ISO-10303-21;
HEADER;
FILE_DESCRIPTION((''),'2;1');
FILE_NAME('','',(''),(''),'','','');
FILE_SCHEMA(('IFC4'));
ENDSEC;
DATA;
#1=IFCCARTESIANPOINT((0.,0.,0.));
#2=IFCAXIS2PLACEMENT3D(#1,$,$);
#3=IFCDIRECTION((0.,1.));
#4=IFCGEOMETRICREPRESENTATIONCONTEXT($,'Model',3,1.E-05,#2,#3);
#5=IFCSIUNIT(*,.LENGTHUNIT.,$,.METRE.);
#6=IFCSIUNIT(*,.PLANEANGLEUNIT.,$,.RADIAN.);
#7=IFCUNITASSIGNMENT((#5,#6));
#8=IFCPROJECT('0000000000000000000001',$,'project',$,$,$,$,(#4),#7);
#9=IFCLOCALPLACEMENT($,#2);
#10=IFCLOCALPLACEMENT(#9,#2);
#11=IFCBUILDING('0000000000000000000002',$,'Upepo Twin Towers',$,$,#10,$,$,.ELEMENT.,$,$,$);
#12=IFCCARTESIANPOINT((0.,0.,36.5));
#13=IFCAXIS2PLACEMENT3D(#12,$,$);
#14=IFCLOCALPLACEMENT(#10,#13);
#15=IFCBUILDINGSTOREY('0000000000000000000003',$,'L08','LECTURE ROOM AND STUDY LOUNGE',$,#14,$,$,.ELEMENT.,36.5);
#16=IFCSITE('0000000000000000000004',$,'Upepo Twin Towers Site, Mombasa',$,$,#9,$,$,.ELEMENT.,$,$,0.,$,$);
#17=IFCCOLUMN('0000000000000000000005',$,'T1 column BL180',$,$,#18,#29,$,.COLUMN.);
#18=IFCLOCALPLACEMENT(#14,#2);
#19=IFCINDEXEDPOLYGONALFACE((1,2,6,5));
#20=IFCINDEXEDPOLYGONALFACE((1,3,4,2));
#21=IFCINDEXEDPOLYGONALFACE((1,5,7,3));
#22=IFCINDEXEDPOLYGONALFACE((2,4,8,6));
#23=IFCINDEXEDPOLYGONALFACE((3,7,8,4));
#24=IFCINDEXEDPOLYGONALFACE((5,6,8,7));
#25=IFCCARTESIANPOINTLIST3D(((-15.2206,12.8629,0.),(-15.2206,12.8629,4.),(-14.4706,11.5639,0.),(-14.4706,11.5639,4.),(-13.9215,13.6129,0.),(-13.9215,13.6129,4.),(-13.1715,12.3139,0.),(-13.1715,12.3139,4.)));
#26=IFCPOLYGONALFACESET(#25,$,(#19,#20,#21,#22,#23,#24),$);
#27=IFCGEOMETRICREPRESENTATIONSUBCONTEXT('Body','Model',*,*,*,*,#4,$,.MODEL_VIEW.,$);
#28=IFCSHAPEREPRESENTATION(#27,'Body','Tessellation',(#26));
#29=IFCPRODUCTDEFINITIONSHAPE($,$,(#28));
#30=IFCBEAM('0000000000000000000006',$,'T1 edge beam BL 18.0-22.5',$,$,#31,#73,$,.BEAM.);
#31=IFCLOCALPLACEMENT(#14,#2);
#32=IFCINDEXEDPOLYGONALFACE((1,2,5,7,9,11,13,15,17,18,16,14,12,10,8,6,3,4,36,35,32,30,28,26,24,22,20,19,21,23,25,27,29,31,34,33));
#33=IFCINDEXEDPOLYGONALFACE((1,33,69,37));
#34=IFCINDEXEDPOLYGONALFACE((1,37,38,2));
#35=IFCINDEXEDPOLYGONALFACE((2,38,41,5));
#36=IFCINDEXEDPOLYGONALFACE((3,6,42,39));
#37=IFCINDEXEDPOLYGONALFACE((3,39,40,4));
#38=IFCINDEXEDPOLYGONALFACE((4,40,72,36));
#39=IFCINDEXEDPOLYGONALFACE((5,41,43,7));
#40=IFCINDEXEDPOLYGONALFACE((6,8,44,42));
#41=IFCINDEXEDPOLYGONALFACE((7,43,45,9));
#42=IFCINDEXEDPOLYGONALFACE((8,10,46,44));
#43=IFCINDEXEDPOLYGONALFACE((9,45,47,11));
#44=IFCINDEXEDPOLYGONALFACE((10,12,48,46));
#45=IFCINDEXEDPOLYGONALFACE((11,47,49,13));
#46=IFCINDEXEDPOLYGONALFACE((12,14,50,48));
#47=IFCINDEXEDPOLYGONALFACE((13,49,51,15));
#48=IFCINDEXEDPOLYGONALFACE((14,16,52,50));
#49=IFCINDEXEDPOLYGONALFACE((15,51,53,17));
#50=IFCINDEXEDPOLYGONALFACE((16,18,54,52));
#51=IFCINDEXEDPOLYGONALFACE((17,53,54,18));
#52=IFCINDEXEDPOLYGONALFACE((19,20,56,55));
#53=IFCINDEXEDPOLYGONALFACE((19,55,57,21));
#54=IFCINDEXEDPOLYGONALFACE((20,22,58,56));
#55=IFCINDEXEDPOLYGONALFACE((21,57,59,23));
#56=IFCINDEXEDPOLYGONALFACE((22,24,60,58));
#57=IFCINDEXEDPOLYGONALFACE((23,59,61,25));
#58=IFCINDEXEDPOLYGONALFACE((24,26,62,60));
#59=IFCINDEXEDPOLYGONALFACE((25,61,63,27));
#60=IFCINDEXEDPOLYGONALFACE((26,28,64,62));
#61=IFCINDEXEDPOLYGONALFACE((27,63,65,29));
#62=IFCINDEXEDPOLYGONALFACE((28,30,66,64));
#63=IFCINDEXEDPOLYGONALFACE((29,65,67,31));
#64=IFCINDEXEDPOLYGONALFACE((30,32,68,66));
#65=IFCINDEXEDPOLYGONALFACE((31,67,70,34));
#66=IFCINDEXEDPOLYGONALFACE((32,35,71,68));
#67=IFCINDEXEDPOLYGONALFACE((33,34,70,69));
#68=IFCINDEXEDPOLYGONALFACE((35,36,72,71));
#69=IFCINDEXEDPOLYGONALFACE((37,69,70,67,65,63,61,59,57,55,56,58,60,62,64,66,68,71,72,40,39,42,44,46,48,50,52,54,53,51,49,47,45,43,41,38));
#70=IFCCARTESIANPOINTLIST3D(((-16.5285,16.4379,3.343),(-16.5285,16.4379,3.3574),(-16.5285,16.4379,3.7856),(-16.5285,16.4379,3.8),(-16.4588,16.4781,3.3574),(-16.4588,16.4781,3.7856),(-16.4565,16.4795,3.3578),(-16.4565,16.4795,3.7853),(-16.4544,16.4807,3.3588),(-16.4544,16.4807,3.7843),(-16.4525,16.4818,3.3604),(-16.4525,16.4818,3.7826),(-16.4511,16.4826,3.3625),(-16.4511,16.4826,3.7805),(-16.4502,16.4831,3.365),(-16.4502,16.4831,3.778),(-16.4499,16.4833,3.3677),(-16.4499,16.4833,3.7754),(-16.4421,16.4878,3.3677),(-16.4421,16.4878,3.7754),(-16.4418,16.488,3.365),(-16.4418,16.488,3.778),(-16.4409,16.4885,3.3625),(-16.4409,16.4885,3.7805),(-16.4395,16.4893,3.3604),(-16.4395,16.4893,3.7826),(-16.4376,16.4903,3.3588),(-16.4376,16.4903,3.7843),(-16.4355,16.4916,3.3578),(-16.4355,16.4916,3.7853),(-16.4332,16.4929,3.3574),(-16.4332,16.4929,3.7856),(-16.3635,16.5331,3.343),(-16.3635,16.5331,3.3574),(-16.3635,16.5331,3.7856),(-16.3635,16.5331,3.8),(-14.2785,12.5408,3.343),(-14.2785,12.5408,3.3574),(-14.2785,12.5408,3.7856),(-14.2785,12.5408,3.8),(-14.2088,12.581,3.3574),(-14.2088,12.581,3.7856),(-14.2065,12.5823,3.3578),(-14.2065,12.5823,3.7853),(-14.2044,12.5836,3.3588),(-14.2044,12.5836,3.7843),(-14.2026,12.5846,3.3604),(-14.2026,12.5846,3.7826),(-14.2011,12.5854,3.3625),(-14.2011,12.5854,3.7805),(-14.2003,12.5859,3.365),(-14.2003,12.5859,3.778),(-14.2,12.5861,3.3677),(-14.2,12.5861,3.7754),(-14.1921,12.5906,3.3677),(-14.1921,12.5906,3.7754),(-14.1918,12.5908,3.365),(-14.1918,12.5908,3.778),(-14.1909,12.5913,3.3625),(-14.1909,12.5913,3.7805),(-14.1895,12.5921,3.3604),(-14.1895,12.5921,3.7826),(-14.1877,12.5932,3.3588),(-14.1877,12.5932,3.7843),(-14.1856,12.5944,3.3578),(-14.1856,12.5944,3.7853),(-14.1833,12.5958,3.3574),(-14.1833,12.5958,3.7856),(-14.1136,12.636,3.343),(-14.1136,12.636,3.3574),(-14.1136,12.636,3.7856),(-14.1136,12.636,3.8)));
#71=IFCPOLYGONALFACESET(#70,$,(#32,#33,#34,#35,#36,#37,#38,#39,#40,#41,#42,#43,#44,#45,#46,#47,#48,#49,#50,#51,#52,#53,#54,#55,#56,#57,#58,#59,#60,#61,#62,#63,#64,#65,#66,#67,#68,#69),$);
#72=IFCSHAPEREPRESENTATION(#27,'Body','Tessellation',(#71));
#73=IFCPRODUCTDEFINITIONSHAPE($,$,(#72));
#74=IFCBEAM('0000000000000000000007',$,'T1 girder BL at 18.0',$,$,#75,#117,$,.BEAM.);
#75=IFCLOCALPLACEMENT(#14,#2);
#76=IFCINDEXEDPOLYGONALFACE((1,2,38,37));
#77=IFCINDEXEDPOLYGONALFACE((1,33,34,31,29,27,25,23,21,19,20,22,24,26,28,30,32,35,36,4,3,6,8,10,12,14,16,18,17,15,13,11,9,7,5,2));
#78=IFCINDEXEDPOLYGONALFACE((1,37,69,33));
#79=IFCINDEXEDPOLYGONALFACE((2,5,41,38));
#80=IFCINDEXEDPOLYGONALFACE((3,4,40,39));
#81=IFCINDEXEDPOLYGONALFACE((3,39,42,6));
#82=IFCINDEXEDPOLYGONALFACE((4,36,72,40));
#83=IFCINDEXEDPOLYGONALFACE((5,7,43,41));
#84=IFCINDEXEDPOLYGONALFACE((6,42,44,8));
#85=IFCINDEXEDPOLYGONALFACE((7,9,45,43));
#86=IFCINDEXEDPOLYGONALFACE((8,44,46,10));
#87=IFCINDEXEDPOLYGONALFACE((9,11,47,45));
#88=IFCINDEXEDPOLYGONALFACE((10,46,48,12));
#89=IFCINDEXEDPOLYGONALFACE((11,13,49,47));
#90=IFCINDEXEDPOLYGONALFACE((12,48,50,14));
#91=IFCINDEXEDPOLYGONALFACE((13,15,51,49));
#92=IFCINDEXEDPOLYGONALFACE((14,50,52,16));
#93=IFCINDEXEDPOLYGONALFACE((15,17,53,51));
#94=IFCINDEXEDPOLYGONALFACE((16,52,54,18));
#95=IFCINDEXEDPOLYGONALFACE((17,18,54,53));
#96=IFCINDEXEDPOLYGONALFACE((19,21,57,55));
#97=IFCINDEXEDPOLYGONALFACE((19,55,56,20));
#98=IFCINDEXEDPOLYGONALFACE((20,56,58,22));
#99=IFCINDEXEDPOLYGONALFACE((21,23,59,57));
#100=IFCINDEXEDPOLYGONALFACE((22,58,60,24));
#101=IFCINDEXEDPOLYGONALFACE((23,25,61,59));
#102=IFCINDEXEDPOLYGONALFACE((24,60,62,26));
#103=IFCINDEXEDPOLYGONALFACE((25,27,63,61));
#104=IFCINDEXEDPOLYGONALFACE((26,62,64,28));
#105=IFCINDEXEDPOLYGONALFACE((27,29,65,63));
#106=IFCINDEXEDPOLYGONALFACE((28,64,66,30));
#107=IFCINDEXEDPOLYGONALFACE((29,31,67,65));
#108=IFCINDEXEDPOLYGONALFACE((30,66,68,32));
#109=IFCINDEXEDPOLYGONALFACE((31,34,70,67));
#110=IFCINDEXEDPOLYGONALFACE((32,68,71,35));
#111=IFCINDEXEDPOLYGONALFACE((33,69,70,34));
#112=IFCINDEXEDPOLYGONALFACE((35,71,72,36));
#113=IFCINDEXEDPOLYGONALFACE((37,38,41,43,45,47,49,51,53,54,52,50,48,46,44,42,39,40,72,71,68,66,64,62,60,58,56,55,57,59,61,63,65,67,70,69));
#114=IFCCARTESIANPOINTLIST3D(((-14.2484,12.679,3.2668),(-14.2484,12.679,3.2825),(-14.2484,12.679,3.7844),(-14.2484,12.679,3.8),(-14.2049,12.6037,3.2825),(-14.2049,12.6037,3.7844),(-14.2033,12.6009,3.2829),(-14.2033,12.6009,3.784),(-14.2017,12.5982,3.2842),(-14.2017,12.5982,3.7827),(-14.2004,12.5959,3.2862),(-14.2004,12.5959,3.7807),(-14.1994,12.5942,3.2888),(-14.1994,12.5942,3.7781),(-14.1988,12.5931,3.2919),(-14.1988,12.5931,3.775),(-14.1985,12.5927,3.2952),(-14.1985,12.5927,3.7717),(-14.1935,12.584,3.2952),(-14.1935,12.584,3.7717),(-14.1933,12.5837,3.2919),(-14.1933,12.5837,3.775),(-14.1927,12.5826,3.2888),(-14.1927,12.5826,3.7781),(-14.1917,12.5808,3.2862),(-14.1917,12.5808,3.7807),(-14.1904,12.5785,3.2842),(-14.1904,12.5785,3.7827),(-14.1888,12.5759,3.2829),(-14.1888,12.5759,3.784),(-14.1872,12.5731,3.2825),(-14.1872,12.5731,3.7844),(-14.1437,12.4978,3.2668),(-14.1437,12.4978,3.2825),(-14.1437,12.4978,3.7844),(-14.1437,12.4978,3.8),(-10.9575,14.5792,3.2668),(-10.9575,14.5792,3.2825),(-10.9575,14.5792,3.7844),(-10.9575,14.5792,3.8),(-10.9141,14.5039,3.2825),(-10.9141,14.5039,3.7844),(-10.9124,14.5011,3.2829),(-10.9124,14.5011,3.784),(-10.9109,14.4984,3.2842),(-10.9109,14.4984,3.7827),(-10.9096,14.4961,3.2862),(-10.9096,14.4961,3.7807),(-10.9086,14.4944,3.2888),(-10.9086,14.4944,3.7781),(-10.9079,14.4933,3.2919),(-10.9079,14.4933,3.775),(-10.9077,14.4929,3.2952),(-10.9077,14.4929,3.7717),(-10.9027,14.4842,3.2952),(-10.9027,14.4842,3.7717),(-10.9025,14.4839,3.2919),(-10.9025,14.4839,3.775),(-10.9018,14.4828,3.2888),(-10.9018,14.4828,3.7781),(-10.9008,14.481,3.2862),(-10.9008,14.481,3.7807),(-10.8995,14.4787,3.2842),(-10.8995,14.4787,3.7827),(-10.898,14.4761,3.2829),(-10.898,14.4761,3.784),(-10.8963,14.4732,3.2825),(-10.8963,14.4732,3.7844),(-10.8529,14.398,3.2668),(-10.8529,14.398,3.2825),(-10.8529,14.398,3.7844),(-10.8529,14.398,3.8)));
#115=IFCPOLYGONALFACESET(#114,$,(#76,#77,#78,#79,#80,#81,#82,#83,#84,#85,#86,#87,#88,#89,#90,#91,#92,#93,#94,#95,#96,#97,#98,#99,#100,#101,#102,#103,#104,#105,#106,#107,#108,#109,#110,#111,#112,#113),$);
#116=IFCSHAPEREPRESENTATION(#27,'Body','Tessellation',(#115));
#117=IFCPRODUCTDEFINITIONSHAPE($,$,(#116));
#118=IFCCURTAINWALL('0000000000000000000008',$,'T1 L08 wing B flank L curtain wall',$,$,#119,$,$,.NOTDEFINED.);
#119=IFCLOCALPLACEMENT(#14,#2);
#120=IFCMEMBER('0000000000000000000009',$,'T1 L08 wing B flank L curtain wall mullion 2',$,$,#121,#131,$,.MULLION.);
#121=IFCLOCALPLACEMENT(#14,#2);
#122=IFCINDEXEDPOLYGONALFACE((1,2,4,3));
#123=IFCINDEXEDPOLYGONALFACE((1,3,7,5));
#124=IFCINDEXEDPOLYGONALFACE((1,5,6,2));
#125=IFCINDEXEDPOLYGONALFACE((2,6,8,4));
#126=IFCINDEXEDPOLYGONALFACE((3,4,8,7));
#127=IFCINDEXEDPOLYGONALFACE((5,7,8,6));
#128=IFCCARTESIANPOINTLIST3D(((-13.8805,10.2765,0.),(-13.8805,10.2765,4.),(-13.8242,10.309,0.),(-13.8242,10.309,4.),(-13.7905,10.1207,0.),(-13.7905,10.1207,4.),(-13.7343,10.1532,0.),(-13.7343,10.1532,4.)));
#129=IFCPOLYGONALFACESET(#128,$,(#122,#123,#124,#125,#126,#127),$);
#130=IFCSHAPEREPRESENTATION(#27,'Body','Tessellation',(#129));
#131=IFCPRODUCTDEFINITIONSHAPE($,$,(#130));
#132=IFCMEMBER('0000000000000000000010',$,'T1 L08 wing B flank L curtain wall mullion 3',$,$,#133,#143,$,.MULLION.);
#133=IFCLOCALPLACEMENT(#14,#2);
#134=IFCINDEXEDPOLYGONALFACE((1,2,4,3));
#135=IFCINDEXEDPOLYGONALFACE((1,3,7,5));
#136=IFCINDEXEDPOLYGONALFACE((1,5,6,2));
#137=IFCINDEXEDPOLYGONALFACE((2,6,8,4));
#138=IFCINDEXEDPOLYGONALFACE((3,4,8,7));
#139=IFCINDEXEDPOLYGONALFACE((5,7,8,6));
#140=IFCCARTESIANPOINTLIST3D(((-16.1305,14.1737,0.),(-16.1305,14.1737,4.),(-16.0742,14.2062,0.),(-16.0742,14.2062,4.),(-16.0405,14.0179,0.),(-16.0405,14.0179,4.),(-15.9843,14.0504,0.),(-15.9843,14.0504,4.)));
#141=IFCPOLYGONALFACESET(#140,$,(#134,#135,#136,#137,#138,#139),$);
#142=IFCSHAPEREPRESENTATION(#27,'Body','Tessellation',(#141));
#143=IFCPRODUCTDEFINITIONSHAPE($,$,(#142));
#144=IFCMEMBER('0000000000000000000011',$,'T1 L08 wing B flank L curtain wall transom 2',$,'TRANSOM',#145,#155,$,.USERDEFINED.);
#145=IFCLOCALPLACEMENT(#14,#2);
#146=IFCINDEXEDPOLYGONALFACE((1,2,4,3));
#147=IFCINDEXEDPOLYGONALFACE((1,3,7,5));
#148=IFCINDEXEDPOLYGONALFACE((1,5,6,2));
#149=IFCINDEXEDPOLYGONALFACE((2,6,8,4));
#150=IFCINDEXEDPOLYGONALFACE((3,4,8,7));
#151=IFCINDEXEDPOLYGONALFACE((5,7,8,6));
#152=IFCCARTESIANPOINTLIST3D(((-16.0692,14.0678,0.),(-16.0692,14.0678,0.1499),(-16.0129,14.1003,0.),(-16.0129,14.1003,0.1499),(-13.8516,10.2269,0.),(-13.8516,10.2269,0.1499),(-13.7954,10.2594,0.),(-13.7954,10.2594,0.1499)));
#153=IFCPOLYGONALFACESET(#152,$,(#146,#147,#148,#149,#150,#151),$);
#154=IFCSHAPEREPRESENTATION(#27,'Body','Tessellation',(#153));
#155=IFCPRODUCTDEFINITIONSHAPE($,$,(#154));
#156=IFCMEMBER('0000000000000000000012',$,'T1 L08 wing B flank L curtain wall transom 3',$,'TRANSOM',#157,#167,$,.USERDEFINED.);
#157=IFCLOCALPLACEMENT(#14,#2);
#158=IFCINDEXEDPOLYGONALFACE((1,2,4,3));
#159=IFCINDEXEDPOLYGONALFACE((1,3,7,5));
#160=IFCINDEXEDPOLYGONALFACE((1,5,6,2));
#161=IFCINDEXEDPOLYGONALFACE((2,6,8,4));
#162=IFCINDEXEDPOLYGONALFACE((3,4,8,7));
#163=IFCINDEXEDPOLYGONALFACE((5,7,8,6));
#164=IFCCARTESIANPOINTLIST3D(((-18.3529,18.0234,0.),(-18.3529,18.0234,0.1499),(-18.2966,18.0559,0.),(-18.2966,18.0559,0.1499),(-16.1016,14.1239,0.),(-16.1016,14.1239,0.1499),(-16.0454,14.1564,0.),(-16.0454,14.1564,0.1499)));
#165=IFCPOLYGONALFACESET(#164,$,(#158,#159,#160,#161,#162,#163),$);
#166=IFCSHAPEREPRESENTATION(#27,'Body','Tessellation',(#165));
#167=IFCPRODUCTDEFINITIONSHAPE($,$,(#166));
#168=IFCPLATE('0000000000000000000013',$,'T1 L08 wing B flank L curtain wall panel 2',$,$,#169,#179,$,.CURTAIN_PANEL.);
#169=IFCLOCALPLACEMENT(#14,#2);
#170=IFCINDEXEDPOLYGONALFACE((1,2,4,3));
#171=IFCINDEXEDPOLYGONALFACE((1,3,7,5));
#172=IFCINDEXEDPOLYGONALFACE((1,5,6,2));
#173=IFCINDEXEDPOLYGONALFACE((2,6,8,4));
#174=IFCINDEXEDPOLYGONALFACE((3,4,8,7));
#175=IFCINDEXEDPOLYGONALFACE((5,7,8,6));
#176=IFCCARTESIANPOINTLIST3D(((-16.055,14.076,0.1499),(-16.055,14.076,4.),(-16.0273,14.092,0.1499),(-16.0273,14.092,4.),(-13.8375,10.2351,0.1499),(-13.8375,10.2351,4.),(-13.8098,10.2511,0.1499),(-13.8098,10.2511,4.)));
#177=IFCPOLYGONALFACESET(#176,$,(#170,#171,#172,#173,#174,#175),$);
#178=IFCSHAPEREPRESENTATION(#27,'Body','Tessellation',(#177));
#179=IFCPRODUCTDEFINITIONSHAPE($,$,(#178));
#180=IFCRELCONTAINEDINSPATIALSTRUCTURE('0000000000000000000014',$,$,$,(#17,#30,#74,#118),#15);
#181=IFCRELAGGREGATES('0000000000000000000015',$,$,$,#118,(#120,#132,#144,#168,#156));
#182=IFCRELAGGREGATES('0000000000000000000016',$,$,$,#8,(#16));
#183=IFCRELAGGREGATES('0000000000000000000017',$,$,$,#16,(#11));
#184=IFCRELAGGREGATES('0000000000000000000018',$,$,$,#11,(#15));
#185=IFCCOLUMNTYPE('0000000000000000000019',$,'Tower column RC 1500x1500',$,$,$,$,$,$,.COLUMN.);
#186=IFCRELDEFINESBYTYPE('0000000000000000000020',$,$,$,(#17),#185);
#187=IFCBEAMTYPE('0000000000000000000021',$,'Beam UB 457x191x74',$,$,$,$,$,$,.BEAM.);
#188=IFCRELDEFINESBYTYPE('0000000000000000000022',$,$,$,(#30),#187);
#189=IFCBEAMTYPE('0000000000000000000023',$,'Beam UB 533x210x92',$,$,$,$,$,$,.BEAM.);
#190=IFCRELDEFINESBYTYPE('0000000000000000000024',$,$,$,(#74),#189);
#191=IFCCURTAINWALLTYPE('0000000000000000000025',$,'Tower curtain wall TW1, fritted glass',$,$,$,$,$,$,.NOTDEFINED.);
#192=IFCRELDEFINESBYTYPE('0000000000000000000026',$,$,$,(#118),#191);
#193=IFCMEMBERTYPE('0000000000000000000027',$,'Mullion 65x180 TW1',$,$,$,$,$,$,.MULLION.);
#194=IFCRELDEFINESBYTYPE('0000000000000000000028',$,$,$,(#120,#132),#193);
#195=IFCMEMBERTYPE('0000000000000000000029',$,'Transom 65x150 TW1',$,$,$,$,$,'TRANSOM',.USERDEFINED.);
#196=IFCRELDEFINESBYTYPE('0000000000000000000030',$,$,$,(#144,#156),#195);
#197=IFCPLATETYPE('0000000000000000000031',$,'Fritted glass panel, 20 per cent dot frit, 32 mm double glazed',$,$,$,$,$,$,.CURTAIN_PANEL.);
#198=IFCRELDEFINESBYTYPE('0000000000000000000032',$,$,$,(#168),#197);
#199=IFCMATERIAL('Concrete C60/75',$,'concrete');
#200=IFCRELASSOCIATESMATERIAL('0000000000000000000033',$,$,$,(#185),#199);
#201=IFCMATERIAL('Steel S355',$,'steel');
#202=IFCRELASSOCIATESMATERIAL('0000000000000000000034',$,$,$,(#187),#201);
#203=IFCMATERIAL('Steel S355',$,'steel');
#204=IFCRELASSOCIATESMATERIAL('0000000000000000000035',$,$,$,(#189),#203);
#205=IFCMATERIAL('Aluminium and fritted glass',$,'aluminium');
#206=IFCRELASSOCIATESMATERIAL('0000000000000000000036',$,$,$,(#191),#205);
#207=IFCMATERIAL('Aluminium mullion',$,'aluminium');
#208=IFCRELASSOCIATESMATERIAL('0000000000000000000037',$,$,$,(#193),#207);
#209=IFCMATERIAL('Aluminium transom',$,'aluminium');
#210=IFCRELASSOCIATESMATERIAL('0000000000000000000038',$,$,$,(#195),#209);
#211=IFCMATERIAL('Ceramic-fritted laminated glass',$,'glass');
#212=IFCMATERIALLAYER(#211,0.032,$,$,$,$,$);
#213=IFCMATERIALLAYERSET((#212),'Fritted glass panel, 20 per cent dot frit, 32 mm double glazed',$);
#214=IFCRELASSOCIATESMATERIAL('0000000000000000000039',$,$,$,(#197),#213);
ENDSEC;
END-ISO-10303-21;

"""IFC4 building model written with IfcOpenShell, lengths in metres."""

from ifc_helpers import new_model, si_unit, direction, frame, origin, origin_2d, place, context, subcontext, project, spatial, rectangle, i_section, extrude, material, layer, layer_set, material_profile, profile_set, type_object, element, aggregate, save


model = new_model("IFC4")

# Units and contexts
model_context = context("Model", 3, precision=1e-05, world=origin(), true_north=direction((0.0, 1.0)))
body_context = subcontext(model_context, "Body", "Model", "MODEL_VIEW")
ifc_project = project(units=[si_unit("LENGTHUNIT", "METRE"), si_unit("PLANEANGLEUNIT", "RADIAN")], contexts=[model_context])

# Site, building, storey
site_placement = place(None, origin())
site = spatial("IfcSite", under=ifc_project, at=site_placement, Name="Upepo Twin Towers Site, Mombasa", CompositionType="ELEMENT", RefElevation=0.0)
building_placement = place(site_placement, origin())
building = spatial("IfcBuilding", under=site, at=building_placement, Name="Upepo Twin Towers", CompositionType="ELEMENT")
storey_placement = place(building_placement, frame((0.0, 0.0, 36.5)))
storey = spatial("IfcBuildingStorey", under=building, at=storey_placement, Name="L08", Description="LECTURE ROOM AND STUDY LOUNGE", CompositionType="ELEMENT", Elevation=36.5)

# Column
ifc_material_1 = material(Name="Concrete C60/75", Category="concrete")
ifc_material_profile_1 = material_profile(ifc_material_1, rectangle(XDim=1.5, YDim=1.5, at=origin_2d()), Name="RC 1500x1500")
ifc_profile_set_1 = profile_set([ifc_material_profile_1], Name="Concrete C60/75")
column_type = type_object("IfcColumnType", Name="Tower column RC 1500x1500", PredefinedType="COLUMN", material=ifc_profile_set_1)
column_placement = place(storey_placement, frame((-14.196, 12.5884, 0.0), z_axis=(0.0, 0.0, 1.0), x_axis=(0.866025, 0.5, 0.0)))
element("IfcColumn", 1, at=column_placement, inside=storey, type_object=column_type, Name="T1 column BL180", PredefinedType="COLUMN", context=body_context, shape_type="SweptSolid", body=[
    extrude(rectangle(XDim=1.5, YDim=1.5, at=origin_2d()), origin(), (0.0, 0.0, 1.0), 4.0),
])

# Beams
ifc_material_2 = material(Name="Steel S355", Category="steel")
ifc_material_profile_2 = material_profile(ifc_material_2, i_section(OverallWidth=0.1904, OverallDepth=0.457, WebThickness=0.009, FlangeThickness=0.0144, FilletRadius=0.0103, at=origin_2d()), Name="UB 457x191x74")
ifc_profile_set_2 = profile_set([ifc_material_profile_2], Name="Steel S355")
beam_type_1 = type_object("IfcBeamType", Name="Beam UB 457x191x74", PredefinedType="BEAM", material=ifc_profile_set_2)
beam_1_placement = place(storey_placement, frame((-14.196, 12.5884, 3.5715), z_axis=(-0.49999, 0.866031, 0.0), x_axis=(-0.866031, -0.49999, 0.0)))
element("IfcBeam", 2, at=beam_1_placement, inside=storey, type_object=beam_type_1, Name="T1 edge beam BL 18.0-22.5", PredefinedType="BEAM", context=body_context, shape_type="SweptSolid", body=[
    extrude(i_section(OverallWidth=0.1904, OverallDepth=0.457, WebThickness=0.009, FlangeThickness=0.0144, FilletRadius=0.0103, at=origin_2d()), origin(), (0.0, 0.0, 1.0), 4.5),
])
ifc_material_3 = material(Name="Steel S355", Category="steel")
ifc_material_profile_3 = material_profile(ifc_material_3, i_section(OverallWidth=0.2092, OverallDepth=0.5332, WebThickness=0.01, FlangeThickness=0.0156, FilletRadius=0.0127, at=origin_2d()), Name="UB 533x210x92")
ifc_profile_set_3 = profile_set([ifc_material_profile_3], Name="Steel S355")
beam_type_2 = type_object("IfcBeamType", Name="Beam UB 533x210x92", PredefinedType="BEAM", material=ifc_profile_set_3)
beam_2_placement = place(storey_placement, frame((-14.196, 12.5884, 3.5334), z_axis=(0.866, 0.500043, 0.0), x_axis=(-0.500043, 0.866, 0.0)))
element("IfcBeam", 3, at=beam_2_placement, inside=storey, type_object=beam_type_2, Name="T1 girder BL at 18.0", PredefinedType="BEAM", context=body_context, shape_type="SweptSolid", body=[
    extrude(i_section(OverallWidth=0.2092, OverallDepth=0.5332, WebThickness=0.01, FlangeThickness=0.0156, FilletRadius=0.0127, at=origin_2d()), origin(), (0.0, 0.0, 1.0), 3.8),
])

# Curtain wall, members, plate
ifc_material_4 = material(Name="Aluminium and fritted glass", Category="aluminium")
curtain_wall_type = type_object("IfcCurtainWallType", Name="Tower curtain wall TW1, fritted glass", PredefinedType="NOTDEFINED", material=ifc_material_4)
curtain_wall_placement = place(storey_placement, origin())
curtain_wall = element("IfcCurtainWall", 4, at=curtain_wall_placement, inside=storey, type_object=curtain_wall_type, Name="T1 L08 wing B flank L curtain wall", PredefinedType="NOTDEFINED")
ifc_material_5 = material(Name="Aluminium mullion", Category="aluminium")
ifc_material_profile_4 = material_profile(ifc_material_5, rectangle(XDim=0.0649, YDim=0.1799, at=origin_2d()), Name="MULLION 65x180")
ifc_profile_set_4 = profile_set([ifc_material_profile_4], Name="Aluminium mullion")
member_type_1 = type_object("IfcMemberType", Name="Mullion 65x180 TW1", PredefinedType="MULLION", material=ifc_profile_set_4)
member_1_placement = place(storey_placement, frame((-13.8074, 10.2148, 0.0), z_axis=(0.0, 0.0, 1.0), x_axis=(-0.866025, -0.5, 0.0)))
member_1 = element("IfcMember", 5, at=member_1_placement, type_object=member_type_1, Name="T1 L08 wing B flank L curtain wall mullion 2", PredefinedType="MULLION", context=body_context, shape_type="SweptSolid", body=[
    extrude(rectangle(XDim=0.0649, YDim=0.1799, at=origin_2d()), origin(), (0.0, 0.0, 1.0), 4.0),
])
member_2_placement = place(storey_placement, frame((-16.0574, 14.1121, 0.0), z_axis=(0.0, 0.0, 1.0), x_axis=(-0.866025, -0.5, 0.0)))
member_2 = element("IfcMember", 6, at=member_2_placement, type_object=member_type_1, Name="T1 L08 wing B flank L curtain wall mullion 3", PredefinedType="MULLION", context=body_context, shape_type="SweptSolid", body=[
    extrude(rectangle(XDim=0.0649, YDim=0.1799, at=origin_2d()), origin(), (0.0, 0.0, 1.0), 4.0),
])
ifc_material_6 = material(Name="Aluminium transom", Category="aluminium")
ifc_material_profile_5 = material_profile(ifc_material_6, rectangle(XDim=0.0649, YDim=0.1499, at=origin_2d()), Name="TRANSOM 65x150")
ifc_profile_set_5 = profile_set([ifc_material_profile_5], Name="Aluminium transom")
member_type_2 = type_object("IfcMemberType", Name="Transom 65x150 TW1", ElementType="TRANSOM", PredefinedType="USERDEFINED", material=ifc_profile_set_5)
member_3_placement = place(storey_placement, frame((-13.8235, 10.2432, 0.075), z_axis=(-0.500005, 0.866022, 0.0), x_axis=(-0.866022, -0.500005, 0.0)))
member_3 = element("IfcMember", 7, at=member_3_placement, type_object=member_type_2, Name="T1 L08 wing B flank L curtain wall transom 2", ObjectType="TRANSOM", PredefinedType="USERDEFINED", context=body_context, shape_type="SweptSolid", body=[
    extrude(rectangle(XDim=0.0649, YDim=0.1499, at=origin_2d()), origin(), (0.0, 0.0, 1.0), 4.4351),
])
member_4_placement = place(storey_placement, frame((-16.0735, 14.1401, 0.075), z_axis=(-0.499982, 0.866036, 0.0), x_axis=(-0.866036, -0.499982, 0.0)))
member_4 = element("IfcMember", 8, at=member_4_placement, type_object=member_type_2, Name="T1 L08 wing B flank L curtain wall transom 3", ObjectType="TRANSOM", PredefinedType="USERDEFINED", context=body_context, shape_type="SweptSolid", body=[
    extrude(rectangle(XDim=0.0649, YDim=0.1499, at=origin_2d()), origin(), (0.0, 0.0, 1.0), 4.5027),
])
ifc_material_7 = material(Name="Ceramic-fritted laminated glass", Category="glass")
ifc_layer_1 = layer(ifc_material_7, 0.032)
ifc_layer_set_1 = layer_set([ifc_layer_1], Name="Fritted glass panel, 20 per cent dot frit, 32 mm double glazed")
plate_type = type_object("IfcPlateType", Name="Fritted glass panel, 20 per cent dot frit, 32 mm double glazed", PredefinedType="CURTAIN_PANEL", material=ifc_layer_set_1)
plate_1_placement = place(storey_placement, frame((-14.9324, 12.1636, 0.1499), z_axis=(0.0, 0.0, 1.0), x_axis=(-0.5, 0.866025, 0.0)))
plate_1 = element("IfcPlate", 9, at=plate_1_placement, type_object=plate_type, Name="T1 L08 wing B flank L curtain wall panel 2", PredefinedType="CURTAIN_PANEL", context=body_context, shape_type="SweptSolid", body=[
    extrude(rectangle(XDim=4.4351, YDim=0.032, at=origin_2d()), origin(), (0.0, 0.0, 1.0), 3.8501),
])
aggregate(curtain_wall, [member_1, member_2, member_3, plate_1, member_4])

save(model, "model.ifc")
